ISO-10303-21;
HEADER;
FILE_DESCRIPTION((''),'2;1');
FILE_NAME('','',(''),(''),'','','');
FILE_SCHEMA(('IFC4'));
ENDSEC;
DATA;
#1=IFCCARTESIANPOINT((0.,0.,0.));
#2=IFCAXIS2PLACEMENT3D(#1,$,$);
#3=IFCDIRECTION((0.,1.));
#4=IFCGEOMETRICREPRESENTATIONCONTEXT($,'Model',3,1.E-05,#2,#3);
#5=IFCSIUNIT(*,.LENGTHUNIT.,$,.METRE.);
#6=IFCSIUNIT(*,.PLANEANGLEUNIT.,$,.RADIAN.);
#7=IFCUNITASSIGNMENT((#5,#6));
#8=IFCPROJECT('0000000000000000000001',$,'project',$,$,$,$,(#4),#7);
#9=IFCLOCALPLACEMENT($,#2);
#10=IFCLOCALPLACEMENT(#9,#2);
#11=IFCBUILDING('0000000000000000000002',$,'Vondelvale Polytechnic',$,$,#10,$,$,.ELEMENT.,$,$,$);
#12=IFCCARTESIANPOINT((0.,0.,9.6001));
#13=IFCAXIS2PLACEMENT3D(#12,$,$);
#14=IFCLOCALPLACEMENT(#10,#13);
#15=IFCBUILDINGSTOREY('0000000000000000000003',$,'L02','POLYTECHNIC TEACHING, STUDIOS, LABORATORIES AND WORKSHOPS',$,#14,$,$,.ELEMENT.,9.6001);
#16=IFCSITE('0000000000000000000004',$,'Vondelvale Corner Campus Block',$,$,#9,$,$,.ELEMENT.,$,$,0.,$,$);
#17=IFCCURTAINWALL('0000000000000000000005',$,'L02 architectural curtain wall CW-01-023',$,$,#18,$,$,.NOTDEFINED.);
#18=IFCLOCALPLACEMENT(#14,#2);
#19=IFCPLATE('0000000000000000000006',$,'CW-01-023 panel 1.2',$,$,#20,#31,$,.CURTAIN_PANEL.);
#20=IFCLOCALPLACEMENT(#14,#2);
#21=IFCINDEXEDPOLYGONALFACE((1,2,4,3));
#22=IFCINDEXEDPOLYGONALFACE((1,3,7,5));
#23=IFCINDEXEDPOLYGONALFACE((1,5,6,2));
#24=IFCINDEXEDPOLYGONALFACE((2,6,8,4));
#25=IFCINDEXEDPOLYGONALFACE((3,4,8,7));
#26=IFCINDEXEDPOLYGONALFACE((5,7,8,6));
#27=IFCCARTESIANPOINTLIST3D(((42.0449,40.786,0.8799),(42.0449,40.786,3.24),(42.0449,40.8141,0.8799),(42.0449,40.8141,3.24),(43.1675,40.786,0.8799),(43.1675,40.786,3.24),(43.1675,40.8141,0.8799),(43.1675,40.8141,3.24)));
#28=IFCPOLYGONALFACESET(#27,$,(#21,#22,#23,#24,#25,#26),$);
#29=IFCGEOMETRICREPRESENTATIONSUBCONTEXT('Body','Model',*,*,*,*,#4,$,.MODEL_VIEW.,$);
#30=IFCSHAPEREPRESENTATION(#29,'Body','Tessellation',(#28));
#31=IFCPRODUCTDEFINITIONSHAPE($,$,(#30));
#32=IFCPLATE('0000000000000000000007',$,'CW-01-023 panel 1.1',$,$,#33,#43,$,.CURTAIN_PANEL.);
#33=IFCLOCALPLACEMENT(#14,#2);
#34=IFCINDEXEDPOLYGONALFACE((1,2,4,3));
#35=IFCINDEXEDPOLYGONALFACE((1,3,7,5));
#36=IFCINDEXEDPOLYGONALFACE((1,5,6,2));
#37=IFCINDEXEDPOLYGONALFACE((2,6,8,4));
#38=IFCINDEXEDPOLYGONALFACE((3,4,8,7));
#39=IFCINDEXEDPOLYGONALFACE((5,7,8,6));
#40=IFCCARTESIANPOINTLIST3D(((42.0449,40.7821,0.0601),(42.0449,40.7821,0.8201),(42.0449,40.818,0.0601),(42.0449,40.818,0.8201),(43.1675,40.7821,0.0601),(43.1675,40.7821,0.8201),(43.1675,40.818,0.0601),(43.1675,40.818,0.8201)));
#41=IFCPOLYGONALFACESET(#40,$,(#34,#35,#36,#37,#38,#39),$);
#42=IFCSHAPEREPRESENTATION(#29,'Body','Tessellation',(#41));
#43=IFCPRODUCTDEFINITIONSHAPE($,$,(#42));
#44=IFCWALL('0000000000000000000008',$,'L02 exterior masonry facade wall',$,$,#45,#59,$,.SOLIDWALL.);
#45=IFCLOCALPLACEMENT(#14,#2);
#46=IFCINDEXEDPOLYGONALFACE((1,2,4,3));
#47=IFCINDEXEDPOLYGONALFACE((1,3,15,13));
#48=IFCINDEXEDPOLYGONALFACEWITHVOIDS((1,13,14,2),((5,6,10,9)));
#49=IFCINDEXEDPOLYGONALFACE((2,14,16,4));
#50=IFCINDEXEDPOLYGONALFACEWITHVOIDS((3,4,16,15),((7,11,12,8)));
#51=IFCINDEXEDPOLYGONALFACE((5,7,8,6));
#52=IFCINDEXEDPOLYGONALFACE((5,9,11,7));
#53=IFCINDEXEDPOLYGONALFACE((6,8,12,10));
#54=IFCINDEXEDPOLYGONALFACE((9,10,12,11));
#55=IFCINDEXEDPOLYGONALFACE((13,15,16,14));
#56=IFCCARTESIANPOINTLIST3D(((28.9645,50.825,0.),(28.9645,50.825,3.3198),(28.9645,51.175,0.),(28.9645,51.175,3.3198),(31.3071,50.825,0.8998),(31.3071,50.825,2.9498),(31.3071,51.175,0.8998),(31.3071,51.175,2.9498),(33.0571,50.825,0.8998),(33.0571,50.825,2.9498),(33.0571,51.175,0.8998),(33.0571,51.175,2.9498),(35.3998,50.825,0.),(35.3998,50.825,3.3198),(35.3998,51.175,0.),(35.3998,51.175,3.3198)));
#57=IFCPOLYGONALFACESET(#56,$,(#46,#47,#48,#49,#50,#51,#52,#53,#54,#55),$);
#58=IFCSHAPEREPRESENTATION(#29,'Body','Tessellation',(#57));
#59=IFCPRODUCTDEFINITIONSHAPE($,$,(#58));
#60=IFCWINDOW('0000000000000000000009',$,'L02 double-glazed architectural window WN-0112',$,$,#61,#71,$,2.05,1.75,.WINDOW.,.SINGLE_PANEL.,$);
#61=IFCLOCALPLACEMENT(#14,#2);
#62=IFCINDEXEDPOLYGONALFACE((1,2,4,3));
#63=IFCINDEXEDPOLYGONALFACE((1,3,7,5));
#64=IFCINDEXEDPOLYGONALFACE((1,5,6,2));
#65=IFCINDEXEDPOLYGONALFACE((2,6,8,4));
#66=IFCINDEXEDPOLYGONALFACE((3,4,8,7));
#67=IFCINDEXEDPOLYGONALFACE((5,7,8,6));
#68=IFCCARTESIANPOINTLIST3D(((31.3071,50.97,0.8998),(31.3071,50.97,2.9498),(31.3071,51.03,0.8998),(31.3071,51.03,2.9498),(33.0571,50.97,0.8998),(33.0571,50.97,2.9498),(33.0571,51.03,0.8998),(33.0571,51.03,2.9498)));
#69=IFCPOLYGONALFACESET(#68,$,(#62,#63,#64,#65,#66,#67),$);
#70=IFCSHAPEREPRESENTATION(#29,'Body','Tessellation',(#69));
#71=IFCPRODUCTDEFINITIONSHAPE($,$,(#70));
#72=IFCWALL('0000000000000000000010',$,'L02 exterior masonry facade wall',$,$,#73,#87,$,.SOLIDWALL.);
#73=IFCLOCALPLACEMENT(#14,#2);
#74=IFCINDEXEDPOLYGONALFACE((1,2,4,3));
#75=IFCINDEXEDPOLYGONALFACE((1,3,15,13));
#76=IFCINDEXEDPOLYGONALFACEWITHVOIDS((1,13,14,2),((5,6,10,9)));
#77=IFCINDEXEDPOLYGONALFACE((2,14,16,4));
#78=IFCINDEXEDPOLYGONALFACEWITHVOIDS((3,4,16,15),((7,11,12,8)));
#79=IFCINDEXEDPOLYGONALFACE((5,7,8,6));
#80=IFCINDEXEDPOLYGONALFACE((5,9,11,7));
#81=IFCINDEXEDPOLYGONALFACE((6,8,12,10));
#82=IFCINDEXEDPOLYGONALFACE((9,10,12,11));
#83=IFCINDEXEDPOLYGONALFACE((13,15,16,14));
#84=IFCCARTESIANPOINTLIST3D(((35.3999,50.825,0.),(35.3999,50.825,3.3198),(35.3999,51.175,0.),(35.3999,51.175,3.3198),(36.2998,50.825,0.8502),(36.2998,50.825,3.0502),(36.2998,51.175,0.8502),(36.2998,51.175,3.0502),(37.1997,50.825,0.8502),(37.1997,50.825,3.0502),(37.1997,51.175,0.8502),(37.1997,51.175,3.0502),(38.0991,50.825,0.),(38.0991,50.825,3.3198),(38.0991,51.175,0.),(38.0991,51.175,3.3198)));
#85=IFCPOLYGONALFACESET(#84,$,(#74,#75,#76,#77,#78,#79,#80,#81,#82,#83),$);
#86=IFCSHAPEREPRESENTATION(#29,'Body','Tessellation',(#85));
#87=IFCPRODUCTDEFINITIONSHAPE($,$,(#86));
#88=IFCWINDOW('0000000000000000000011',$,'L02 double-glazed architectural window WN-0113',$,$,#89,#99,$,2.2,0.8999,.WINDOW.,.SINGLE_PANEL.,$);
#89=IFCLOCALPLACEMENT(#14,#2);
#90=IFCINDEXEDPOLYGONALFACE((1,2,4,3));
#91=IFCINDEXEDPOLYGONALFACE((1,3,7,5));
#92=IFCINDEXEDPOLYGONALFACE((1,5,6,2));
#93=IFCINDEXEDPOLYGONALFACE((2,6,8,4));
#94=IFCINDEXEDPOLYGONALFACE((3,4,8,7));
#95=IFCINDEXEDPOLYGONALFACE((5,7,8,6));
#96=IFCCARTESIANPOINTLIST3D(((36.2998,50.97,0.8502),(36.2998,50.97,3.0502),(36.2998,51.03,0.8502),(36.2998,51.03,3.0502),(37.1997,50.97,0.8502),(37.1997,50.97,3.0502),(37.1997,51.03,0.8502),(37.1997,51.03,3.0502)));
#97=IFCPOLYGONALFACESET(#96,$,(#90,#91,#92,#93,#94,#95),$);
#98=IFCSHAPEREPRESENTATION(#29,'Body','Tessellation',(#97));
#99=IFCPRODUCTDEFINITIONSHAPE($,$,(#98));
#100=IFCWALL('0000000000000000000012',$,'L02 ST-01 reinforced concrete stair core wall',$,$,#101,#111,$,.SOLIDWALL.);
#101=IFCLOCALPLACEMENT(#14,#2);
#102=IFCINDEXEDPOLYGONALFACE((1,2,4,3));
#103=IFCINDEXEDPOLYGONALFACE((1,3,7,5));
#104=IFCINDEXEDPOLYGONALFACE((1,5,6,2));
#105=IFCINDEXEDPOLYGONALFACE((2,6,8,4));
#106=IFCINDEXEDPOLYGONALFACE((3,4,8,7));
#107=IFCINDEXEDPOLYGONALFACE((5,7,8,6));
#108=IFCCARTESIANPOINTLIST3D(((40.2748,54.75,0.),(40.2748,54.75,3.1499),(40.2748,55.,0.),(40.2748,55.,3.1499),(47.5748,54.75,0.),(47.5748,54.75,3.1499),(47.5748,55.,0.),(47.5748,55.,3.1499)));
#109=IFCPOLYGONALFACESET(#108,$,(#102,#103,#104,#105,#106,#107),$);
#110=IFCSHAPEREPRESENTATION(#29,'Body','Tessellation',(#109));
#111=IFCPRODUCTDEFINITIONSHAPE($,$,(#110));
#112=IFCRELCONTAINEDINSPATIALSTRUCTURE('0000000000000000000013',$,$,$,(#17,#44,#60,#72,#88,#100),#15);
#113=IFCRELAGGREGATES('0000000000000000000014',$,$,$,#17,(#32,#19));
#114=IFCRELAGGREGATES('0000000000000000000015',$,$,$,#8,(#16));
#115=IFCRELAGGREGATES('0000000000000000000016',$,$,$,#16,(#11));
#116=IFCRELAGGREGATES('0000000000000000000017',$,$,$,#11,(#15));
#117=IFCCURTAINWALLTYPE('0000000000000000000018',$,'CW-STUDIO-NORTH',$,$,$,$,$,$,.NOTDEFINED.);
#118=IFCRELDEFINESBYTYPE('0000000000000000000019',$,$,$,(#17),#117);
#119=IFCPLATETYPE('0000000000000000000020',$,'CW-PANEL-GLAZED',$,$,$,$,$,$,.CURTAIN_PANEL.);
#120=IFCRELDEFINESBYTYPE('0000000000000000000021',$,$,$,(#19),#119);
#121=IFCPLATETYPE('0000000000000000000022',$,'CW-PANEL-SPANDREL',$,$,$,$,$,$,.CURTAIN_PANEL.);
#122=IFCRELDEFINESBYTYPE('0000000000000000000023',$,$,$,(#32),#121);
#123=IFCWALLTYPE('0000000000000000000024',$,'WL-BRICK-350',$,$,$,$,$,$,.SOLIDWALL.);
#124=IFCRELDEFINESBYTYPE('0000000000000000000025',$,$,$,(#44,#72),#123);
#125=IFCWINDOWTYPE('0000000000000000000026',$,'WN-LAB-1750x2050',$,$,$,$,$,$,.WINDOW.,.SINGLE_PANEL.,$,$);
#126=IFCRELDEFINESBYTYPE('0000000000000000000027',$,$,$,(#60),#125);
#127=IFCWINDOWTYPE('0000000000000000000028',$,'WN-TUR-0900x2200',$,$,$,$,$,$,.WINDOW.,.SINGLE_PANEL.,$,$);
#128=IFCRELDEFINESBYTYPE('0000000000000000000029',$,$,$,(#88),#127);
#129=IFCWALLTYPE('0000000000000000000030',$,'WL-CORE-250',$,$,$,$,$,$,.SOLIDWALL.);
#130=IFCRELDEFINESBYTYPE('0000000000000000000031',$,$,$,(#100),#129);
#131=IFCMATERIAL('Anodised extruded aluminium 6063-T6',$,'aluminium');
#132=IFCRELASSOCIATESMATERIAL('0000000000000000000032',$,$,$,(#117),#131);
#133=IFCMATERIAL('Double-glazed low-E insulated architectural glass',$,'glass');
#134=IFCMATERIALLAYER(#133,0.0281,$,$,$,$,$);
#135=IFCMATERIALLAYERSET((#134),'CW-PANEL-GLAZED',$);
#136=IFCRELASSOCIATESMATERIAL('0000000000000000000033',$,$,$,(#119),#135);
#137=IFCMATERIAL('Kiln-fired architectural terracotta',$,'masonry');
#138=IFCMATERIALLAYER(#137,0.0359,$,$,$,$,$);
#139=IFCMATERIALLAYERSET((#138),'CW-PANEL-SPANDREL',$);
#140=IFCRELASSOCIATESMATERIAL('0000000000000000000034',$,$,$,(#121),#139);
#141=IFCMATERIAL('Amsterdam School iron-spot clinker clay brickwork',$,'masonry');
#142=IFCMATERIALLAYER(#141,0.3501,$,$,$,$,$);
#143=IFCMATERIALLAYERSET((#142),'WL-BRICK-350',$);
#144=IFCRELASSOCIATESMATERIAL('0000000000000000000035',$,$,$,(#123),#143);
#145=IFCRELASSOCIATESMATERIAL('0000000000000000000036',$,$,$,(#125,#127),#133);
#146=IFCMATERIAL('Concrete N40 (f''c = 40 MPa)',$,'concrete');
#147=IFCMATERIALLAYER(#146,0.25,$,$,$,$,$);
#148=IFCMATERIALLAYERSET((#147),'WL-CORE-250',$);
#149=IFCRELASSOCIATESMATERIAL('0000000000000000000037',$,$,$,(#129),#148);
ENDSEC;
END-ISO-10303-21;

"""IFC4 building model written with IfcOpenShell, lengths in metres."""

from ifc_helpers import new_model, si_unit, direction, frame, frame_2d, origin, origin_2d, place, context, subcontext, project, spatial, rectangle, extrude, material, layer, layer_set, type_object, element, fill, aggregate, save


model = new_model("IFC4")

# Units and contexts
model_context = context("Model", 3, precision=1e-05, world=origin(), true_north=direction((0.0, 1.0)))
body_context = subcontext(model_context, "Body", "Model", "MODEL_VIEW")
ifc_project = project(units=[si_unit("LENGTHUNIT", "METRE"), si_unit("PLANEANGLEUNIT", "RADIAN")], contexts=[model_context])

# Site, building, storey
site_placement = place(None, origin())
site = spatial("IfcSite", under=ifc_project, at=site_placement, Name="Vondelvale Corner Campus Block", CompositionType="ELEMENT", RefElevation=0.0)
building_placement = place(site_placement, origin())
building = spatial("IfcBuilding", under=site, at=building_placement, Name="Vondelvale Polytechnic", CompositionType="ELEMENT")
storey_placement = place(building_placement, frame((0.0, 0.0, 9.6001)))
storey = spatial("IfcBuildingStorey", under=building, at=storey_placement, Name="L02", Description="POLYTECHNIC TEACHING, STUDIOS, LABORATORIES AND WORKSHOPS", CompositionType="ELEMENT", Elevation=9.6001)

# Shared definitions
ifc_material_1 = material(Name="Concrete N40 (f'c = 40 MPa)", Category="concrete")

# Curtain wall
ifc_material_2 = material(Name="Anodised extruded aluminium 6063-T6", Category="aluminium")
curtain_wall_type = type_object("IfcCurtainWallType", Name="CW-STUDIO-NORTH", PredefinedType="NOTDEFINED", material=ifc_material_2)
curtain_wall_placement = place(storey_placement, origin())
curtain_wall = element("IfcCurtainWall", 1, at=curtain_wall_placement, inside=storey, type_object=curtain_wall_type, Name="L02 architectural curtain wall CW-01-023", PredefinedType="NOTDEFINED")

# Plates
ifc_material_3 = material(Name="Double-glazed low-E insulated architectural glass", Category="glass")
ifc_layer_1 = layer(ifc_material_3, 0.0281)
ifc_layer_set_1 = layer_set([ifc_layer_1], Name="CW-PANEL-GLAZED")
plate_type_1 = type_object("IfcPlateType", Name="CW-PANEL-GLAZED", PredefinedType="CURTAIN_PANEL", material=ifc_layer_set_1)
plate_1_placement = place(storey_placement, frame((42.6062, 40.8, 0.8799), z_axis=(0.0, 0.0, 1.0), x_axis=(1.0, 0.0, 0.0)))
plate_1 = element("IfcPlate", 2, at=plate_1_placement, type_object=plate_type_1, Name="CW-01-023 panel 1.2", PredefinedType="CURTAIN_PANEL", context=body_context, shape_type="SweptSolid", body=[
    extrude(rectangle(XDim=1.1226, YDim=0.0281, at=origin_2d()), origin(), (0.0, 0.0, 1.0), 2.3601),
])
ifc_material_4 = material(Name="Kiln-fired architectural terracotta", Category="masonry")
ifc_layer_2 = layer(ifc_material_4, 0.0359)
ifc_layer_set_2 = layer_set([ifc_layer_2], Name="CW-PANEL-SPANDREL")
plate_type_2 = type_object("IfcPlateType", Name="CW-PANEL-SPANDREL", PredefinedType="CURTAIN_PANEL", material=ifc_layer_set_2)
plate_2_placement = place(storey_placement, frame((42.6062, 40.8, 0.0601), z_axis=(0.0, 0.0, 1.0), x_axis=(1.0, 0.0, 0.0)))
plate_2 = element("IfcPlate", 3, at=plate_2_placement, type_object=plate_type_2, Name="CW-01-023 panel 1.1", PredefinedType="CURTAIN_PANEL", context=body_context, shape_type="SweptSolid", body=[
    extrude(rectangle(XDim=1.1226, YDim=0.0359, at=origin_2d()), origin(), (0.0, 0.0, 1.0), 0.76),
])
aggregate(curtain_wall, [plate_2, plate_1])

# Walls, openings, windows
ifc_material_5 = material(Name="Amsterdam School iron-spot clinker clay brickwork", Category="masonry")
ifc_layer_3 = layer(ifc_material_5, 0.3501)
ifc_layer_set_3 = layer_set([ifc_layer_3], Name="WL-BRICK-350")
wall_type_1 = type_object("IfcWallType", Name="WL-BRICK-350", PredefinedType="SOLIDWALL", material=ifc_layer_set_3)
wall_1_placement = place(storey_placement, frame((35.3999, 51.0, 0.0), z_axis=(0.0, 0.0, 1.0), x_axis=(-1.0, 0.0, 0.0)))
wall_1 = element("IfcWall", 4, at=wall_1_placement, inside=storey, type_object=wall_type_1, Name="L02 exterior masonry facade wall", PredefinedType="SOLIDWALL", context=body_context, shape_type="SweptSolid", body=[
    extrude(rectangle(XDim=6.4353, YDim=0.3501, at=frame_2d((3.2178, 0.0))), origin(), (0.0, 0.0, 1.0), 3.3198),
])
opening_1_placement = place(wall_1_placement, frame((2.3428, 0.0, 0.8999)))
opening_1 = element("IfcOpeningElement", 5, at=opening_1_placement, cuts=wall_1, PredefinedType="OPENING", context=body_context, shape_type="SweptSolid", body=[
    extrude(rectangle(XDim=1.75, YDim=2.05, at=frame_2d((0.875, 1.0249))), frame((0.0, 0.1851, 0.0), z_axis=(0.0, -1.0, 0.0), x_axis=(1.0, 0.0, 0.0)), (0.0, 0.0, 1.0), 0.3701),
])
window_type_1 = type_object("IfcWindowType", Name="WN-LAB-1750x2050", PartitioningType="SINGLE_PANEL", PredefinedType="WINDOW", material=ifc_material_3)
window_1_placement = place(opening_1_placement, origin())
window_1 = element("IfcWindow", 6, at=window_1_placement, inside=storey, type_object=window_type_1, Name="L02 double-glazed architectural window WN-0112", OverallHeight=2.05, OverallWidth=1.75, PartitioningType="SINGLE_PANEL", PredefinedType="WINDOW", context=body_context, shape_type="SweptSolid", body=[
    extrude(rectangle(XDim=1.75, YDim=2.05, at=frame_2d((0.875, 1.0249))), frame((0.0, 0.03, 0.0), z_axis=(0.0, -1.0, 0.0), x_axis=(1.0, 0.0, 0.0)), (0.0, 0.0, 1.0), 0.0601),
])
fill(opening_1, window_1)
wall_2_placement = place(storey_placement, frame((38.0991, 51.0, 0.0), z_axis=(0.0, 0.0, 1.0), x_axis=(-1.0, 0.0, 0.0)))
wall_2 = element("IfcWall", 7, at=wall_2_placement, inside=storey, type_object=wall_type_1, Name="L02 exterior masonry facade wall", PredefinedType="SOLIDWALL", context=body_context, shape_type="SweptSolid", body=[
    extrude(rectangle(XDim=2.6992, YDim=0.3501, at=frame_2d((1.3496, 0.0))), origin(), (0.0, 0.0, 1.0), 3.3198),
])
opening_2_placement = place(wall_2_placement, frame((0.8994, 0.0, 0.8501)))
opening_2 = element("IfcOpeningElement", 8, at=opening_2_placement, cuts=wall_2, PredefinedType="OPENING", context=body_context, shape_type="SweptSolid", body=[
    extrude(rectangle(XDim=0.8999, YDim=2.2, at=frame_2d((0.45, 1.1001))), frame((0.0, 0.1851, 0.0), z_axis=(0.0, -1.0, 0.0), x_axis=(1.0, 0.0, 0.0)), (0.0, 0.0, 1.0), 0.3701),
])
window_type_2 = type_object("IfcWindowType", Name="WN-TUR-0900x2200", PartitioningType="SINGLE_PANEL", PredefinedType="WINDOW", material=ifc_material_3)
window_2_placement = place(opening_2_placement, origin())
window_2 = element("IfcWindow", 9, at=window_2_placement, inside=storey, type_object=window_type_2, Name="L02 double-glazed architectural window WN-0113", OverallHeight=2.2, OverallWidth=0.8999, PartitioningType="SINGLE_PANEL", PredefinedType="WINDOW", context=body_context, shape_type="SweptSolid", body=[
    extrude(rectangle(XDim=0.8999, YDim=2.2, at=frame_2d((0.45, 1.1001))), frame((0.0, 0.03, 0.0), z_axis=(0.0, -1.0, 0.0), x_axis=(1.0, 0.0, 0.0)), (0.0, 0.0, 1.0), 0.0601),
])
fill(opening_2, window_2)

# Wall
ifc_layer_4 = layer(ifc_material_1, 0.25)
ifc_layer_set_4 = layer_set([ifc_layer_4], Name="WL-CORE-250")
wall_type_2 = type_object("IfcWallType", Name="WL-CORE-250", PredefinedType="SOLIDWALL", material=ifc_layer_set_4)
wall_3_placement = place(storey_placement, frame((40.2749, 54.875, 0.0), z_axis=(0.0, 0.0, 1.0), x_axis=(1.0, 0.0, 0.0)))
element("IfcWall", 10, at=wall_3_placement, inside=storey, type_object=wall_type_2, Name="L02 ST-01 reinforced concrete stair core wall", PredefinedType="SOLIDWALL", context=body_context, shape_type="SweptSolid", body=[
    extrude(rectangle(XDim=7.3, YDim=0.25, at=frame_2d((3.6499, 0.0))), origin(), (0.0, 0.0, 1.0), 3.1499),
])

save(model, "model.ifc")
